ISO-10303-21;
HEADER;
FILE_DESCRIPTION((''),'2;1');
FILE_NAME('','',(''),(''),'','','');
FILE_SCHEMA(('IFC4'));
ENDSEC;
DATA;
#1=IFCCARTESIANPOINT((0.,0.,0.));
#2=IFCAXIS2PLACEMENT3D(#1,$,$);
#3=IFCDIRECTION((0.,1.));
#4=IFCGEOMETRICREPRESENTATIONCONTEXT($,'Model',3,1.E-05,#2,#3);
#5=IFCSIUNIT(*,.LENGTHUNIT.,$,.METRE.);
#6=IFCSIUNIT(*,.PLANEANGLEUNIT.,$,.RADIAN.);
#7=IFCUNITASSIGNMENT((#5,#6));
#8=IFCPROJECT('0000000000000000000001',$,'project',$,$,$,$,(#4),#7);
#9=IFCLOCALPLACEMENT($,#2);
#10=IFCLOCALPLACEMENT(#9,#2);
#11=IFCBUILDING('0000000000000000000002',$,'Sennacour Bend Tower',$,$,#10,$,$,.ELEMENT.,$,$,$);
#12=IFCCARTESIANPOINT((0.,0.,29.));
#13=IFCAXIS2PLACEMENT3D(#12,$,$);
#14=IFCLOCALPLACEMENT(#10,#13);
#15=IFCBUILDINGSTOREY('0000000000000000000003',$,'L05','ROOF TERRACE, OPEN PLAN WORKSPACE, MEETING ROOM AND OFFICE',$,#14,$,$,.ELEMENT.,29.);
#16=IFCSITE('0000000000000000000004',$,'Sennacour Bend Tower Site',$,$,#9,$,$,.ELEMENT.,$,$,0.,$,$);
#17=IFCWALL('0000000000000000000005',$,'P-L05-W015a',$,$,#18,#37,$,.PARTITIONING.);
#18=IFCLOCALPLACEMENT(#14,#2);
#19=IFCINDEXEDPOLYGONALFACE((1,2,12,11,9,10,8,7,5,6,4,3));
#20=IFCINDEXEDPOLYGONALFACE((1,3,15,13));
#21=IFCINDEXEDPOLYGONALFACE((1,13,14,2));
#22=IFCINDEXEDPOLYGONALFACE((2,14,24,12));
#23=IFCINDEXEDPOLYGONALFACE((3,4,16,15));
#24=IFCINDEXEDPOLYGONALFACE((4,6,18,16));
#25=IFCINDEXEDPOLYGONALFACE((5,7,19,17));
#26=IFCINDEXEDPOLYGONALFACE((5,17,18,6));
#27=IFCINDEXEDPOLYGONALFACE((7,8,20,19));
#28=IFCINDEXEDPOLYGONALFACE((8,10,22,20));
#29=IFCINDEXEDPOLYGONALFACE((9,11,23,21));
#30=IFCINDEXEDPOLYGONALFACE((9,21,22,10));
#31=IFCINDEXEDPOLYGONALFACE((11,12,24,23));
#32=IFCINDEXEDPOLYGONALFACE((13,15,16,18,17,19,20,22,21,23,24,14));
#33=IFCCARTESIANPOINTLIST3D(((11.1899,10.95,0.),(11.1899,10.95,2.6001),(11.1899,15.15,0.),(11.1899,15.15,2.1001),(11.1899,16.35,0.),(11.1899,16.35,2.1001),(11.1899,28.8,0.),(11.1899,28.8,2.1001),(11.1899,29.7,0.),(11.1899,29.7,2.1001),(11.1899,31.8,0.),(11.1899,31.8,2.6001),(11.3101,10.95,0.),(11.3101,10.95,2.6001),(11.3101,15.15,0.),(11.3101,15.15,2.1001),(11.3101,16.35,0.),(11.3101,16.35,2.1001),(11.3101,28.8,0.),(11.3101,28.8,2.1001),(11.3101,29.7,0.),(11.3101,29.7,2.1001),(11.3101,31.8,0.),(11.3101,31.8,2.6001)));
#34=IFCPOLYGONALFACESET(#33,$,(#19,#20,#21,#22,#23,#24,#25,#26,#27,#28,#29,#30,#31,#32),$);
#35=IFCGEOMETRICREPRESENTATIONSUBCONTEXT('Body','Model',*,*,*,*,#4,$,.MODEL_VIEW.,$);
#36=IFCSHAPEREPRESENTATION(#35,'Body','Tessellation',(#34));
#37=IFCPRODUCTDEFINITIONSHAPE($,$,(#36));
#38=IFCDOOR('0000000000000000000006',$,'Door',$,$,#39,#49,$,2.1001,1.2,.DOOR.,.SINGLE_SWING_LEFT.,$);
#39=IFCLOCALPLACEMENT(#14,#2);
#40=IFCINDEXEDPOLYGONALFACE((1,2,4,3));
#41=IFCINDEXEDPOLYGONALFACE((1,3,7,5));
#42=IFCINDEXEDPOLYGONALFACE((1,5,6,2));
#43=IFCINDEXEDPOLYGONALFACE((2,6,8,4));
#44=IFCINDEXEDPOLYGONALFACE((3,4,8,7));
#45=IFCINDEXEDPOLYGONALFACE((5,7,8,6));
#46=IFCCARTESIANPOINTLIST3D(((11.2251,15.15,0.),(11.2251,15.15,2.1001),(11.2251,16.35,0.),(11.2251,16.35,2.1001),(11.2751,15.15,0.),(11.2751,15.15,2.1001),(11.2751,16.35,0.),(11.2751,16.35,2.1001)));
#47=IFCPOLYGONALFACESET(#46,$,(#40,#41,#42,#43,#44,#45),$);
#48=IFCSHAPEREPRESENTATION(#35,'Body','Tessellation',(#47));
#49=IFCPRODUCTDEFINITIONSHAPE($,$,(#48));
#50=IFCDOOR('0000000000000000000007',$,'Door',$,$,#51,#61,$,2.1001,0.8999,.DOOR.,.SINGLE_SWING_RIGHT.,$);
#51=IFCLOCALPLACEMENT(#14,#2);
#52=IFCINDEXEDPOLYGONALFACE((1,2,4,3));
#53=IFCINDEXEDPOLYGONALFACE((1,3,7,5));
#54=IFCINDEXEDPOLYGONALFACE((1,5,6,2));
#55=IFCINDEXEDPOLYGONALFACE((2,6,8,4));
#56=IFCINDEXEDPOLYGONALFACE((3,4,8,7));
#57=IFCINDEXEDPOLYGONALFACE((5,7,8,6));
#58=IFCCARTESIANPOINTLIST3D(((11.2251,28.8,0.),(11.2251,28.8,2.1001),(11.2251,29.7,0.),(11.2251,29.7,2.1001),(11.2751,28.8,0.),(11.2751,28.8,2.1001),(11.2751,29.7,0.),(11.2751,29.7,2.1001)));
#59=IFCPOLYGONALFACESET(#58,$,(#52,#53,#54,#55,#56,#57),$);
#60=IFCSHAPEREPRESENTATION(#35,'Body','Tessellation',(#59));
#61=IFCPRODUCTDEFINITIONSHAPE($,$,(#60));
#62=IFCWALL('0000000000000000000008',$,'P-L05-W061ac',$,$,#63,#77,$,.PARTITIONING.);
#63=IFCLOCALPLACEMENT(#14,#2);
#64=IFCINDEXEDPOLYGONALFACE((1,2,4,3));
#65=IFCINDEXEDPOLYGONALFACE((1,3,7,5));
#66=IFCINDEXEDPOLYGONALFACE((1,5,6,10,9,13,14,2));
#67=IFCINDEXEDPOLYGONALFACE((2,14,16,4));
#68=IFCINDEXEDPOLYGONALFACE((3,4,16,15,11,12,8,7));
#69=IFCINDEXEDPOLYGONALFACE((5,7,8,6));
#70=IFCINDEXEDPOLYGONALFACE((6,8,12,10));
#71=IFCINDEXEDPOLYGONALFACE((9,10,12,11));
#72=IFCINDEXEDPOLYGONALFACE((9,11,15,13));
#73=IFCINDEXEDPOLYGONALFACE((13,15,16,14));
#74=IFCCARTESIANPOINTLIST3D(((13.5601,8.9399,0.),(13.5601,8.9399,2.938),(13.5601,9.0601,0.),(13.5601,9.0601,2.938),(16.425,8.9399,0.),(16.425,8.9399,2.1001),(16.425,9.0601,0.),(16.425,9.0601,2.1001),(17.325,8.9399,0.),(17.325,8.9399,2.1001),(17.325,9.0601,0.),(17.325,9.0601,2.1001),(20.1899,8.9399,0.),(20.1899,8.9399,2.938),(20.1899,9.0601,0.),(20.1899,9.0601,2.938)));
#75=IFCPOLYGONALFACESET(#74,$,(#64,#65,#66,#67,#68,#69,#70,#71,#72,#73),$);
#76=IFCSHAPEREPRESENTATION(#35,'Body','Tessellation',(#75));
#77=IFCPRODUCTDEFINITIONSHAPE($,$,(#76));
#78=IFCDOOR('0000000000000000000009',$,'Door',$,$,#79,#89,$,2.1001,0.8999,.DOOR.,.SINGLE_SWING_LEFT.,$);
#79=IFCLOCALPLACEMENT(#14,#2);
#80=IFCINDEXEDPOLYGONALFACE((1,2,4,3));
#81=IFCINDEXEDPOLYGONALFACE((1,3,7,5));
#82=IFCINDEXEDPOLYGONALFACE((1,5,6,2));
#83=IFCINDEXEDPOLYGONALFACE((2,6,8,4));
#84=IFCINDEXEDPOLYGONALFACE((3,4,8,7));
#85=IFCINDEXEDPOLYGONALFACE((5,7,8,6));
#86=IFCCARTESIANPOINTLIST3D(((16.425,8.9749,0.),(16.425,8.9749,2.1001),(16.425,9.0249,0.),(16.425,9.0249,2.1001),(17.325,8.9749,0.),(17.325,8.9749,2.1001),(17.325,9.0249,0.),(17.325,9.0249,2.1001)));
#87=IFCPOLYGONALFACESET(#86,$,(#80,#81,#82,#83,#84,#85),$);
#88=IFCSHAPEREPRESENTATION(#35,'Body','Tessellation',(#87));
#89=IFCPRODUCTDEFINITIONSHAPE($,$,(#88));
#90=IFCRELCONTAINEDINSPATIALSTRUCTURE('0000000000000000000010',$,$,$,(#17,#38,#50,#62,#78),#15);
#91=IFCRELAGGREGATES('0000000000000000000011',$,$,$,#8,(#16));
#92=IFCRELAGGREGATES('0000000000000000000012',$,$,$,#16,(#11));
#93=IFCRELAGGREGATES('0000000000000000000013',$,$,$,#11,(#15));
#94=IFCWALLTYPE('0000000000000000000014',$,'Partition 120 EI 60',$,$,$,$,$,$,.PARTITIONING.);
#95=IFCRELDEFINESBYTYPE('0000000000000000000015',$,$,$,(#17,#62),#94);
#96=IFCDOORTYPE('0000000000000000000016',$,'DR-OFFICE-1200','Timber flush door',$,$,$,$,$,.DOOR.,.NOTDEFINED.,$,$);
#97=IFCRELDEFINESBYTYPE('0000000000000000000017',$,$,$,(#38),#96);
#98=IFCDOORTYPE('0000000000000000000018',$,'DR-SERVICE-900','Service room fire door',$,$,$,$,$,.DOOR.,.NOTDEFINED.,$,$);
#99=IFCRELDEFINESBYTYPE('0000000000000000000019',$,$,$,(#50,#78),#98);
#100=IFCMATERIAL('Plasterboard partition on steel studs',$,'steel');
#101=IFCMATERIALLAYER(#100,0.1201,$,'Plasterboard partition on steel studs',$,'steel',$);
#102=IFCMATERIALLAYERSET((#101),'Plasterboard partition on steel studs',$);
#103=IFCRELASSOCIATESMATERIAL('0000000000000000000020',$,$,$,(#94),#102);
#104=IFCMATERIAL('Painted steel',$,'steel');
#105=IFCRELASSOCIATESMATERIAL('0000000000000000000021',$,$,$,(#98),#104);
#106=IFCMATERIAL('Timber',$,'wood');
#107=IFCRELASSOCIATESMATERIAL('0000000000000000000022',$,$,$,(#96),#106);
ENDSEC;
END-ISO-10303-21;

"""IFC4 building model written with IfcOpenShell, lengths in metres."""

from ifc_helpers import new_model, si_unit, direction, frame, frame_2d, origin, place, context, subcontext, project, spatial, rectangle, extrude, material, layer, layer_set, type_object, element, fill, save


model = new_model("IFC4")

# Units and contexts
model_context = context("Model", 3, precision=1e-05, world=origin(), true_north=direction((0.0, 1.0)))
body_context = subcontext(model_context, "Body", "Model", "MODEL_VIEW")
ifc_project = project(units=[si_unit("LENGTHUNIT", "METRE"), si_unit("PLANEANGLEUNIT", "RADIAN")], contexts=[model_context])

# Site, building, storey
site_placement = place(None, origin())
site = spatial("IfcSite", under=ifc_project, at=site_placement, Name="Sennacour Bend Tower Site", CompositionType="ELEMENT", RefElevation=0.0)
building_placement = place(site_placement, origin())
building = spatial("IfcBuilding", under=site, at=building_placement, Name="Sennacour Bend Tower", CompositionType="ELEMENT")
storey_placement = place(building_placement, frame((0.0, 0.0, 29.0)))
storey = spatial("IfcBuildingStorey", under=building, at=storey_placement, Name="L05", Description="ROOF TERRACE, OPEN PLAN WORKSPACE, MEETING ROOM AND OFFICE", CompositionType="ELEMENT", Elevation=29.0)

# Shared definitions
ifc_material_1 = material(Name="Plasterboard partition on steel studs", Category="steel")

# Shared definitions
ifc_material_2 = material(Name="Timber", Category="wood")

# Shared definitions
ifc_material_3 = material(Name="Painted steel", Category="steel")

# Wall, openings, doors
ifc_layer_1 = layer(ifc_material_1, 0.1201, Name="Plasterboard partition on steel studs", Category="steel")
ifc_layer_set_1 = layer_set([ifc_layer_1], Name="Plasterboard partition on steel studs")
wall_type_1 = type_object("IfcWallType", Name="Partition 120 EI 60", PredefinedType="PARTITIONING", material=ifc_layer_set_1)
door_type_1 = type_object("IfcDoorType", Name="DR-SERVICE-900", Description="Service room fire door", OperationType="NOTDEFINED", PredefinedType="DOOR", material=ifc_material_3)
wall_1_placement = place(storey_placement, frame((11.25, 10.95, 0.0), z_axis=(0.0, 0.0, 1.0), x_axis=(0.0, 1.0, 0.0)))
wall_1 = element("IfcWall", 1, at=wall_1_placement, inside=storey, type_object=wall_type_1, Name="P-L05-W015a", PredefinedType="PARTITIONING", context=body_context, shape_type="SweptSolid", body=[
    extrude(rectangle(XDim=20.8501, YDim=0.1201, at=frame_2d((10.425, 0.0))), origin(), (0.0, 0.0, 1.0), 2.6001),
])
opening_1_placement = place(wall_1_placement, frame((17.8501, 0.0, 0.0)))
opening_1 = element("IfcOpeningElement", 2, at=opening_1_placement, cuts=wall_1, PredefinedType="OPENING", context=body_context, shape_type="SweptSolid", body=[
    extrude(rectangle(XDim=0.8999, YDim=2.1001, at=frame_2d((0.45, 1.05))), frame((0.0, 0.0701, 0.0), z_axis=(0.0, -1.0, 0.0), x_axis=(1.0, 0.0, 0.0)), (0.0, 0.0, 1.0), 0.1401),
])
opening_2_placement = place(wall_1_placement, frame((4.2, 0.0, 0.0)))
opening_2 = element("IfcOpeningElement", 3, at=opening_2_placement, cuts=wall_1, PredefinedType="OPENING", context=body_context, shape_type="SweptSolid", body=[
    extrude(rectangle(XDim=1.2, YDim=2.1001, at=frame_2d((0.6001, 1.05))), frame((0.0, 0.0701, 0.0), z_axis=(0.0, -1.0, 0.0), x_axis=(1.0, 0.0, 0.0)), (0.0, 0.0, 1.0), 0.1401),
])
door_type_2 = type_object("IfcDoorType", Name="DR-OFFICE-1200", Description="Timber flush door", OperationType="NOTDEFINED", PredefinedType="DOOR", material=ifc_material_2)
door_1_placement = place(opening_2_placement, origin())
door_1 = element("IfcDoor", 4, at=door_1_placement, inside=storey, type_object=door_type_2, Name="Door", OperationType="SINGLE_SWING_LEFT", OverallHeight=2.1001, OverallWidth=1.2, PredefinedType="DOOR", context=body_context, shape_type="SweptSolid", body=[
    extrude(rectangle(XDim=1.2, YDim=2.1001, at=frame_2d((0.6001, 1.05))), frame((0.0, 0.0249, 0.0), z_axis=(0.0, -1.0, 0.0), x_axis=(1.0, 0.0, 0.0)), (0.0, 0.0, 1.0), 0.05),
])
fill(opening_2, door_1)
door_2_placement = place(opening_1_placement, origin())
door_2 = element("IfcDoor", 5, at=door_2_placement, inside=storey, type_object=door_type_1, Name="Door", OperationType="SINGLE_SWING_RIGHT", OverallHeight=2.1001, OverallWidth=0.8999, PredefinedType="DOOR", context=body_context, shape_type="SweptSolid", body=[
    extrude(rectangle(XDim=0.8999, YDim=2.1001, at=frame_2d((0.45, 1.05))), frame((0.0, 0.0249, 0.0), z_axis=(0.0, -1.0, 0.0), x_axis=(1.0, 0.0, 0.0)), (0.0, 0.0, 1.0), 0.05),
])
fill(opening_1, door_2)

# Wall, opening, door
wall_2_placement = place(storey_placement, frame((13.5601, 9.0, 0.0), z_axis=(0.0, 0.0, 1.0), x_axis=(1.0, 0.0, 0.0)))
wall_2 = element("IfcWall", 6, at=wall_2_placement, inside=storey, type_object=wall_type_1, Name="P-L05-W061ac", PredefinedType="PARTITIONING", context=body_context, shape_type="SweptSolid", body=[
    extrude(rectangle(XDim=6.6299, YDim=0.1201, at=frame_2d((3.3149, 0.0))), origin(), (0.0, 0.0, 1.0), 2.938),
])
opening_3_placement = place(wall_2_placement, frame((2.865, 0.0, 0.0)))
opening_3 = element("IfcOpeningElement", 7, at=opening_3_placement, cuts=wall_2, PredefinedType="OPENING", context=body_context, shape_type="SweptSolid", body=[
    extrude(rectangle(XDim=0.8999, YDim=2.1001, at=frame_2d((0.45, 1.05))), frame((0.0, 0.0701, 0.0), z_axis=(0.0, -1.0, 0.0), x_axis=(1.0, 0.0, 0.0)), (0.0, 0.0, 1.0), 0.1401),
])
door_3_placement = place(opening_3_placement, origin())
door_3 = element("IfcDoor", 8, at=door_3_placement, inside=storey, type_object=door_type_1, Name="Door", OperationType="SINGLE_SWING_LEFT", OverallHeight=2.1001, OverallWidth=0.8999, PredefinedType="DOOR", context=body_context, shape_type="SweptSolid", body=[
    extrude(rectangle(XDim=0.8999, YDim=2.1001, at=frame_2d((0.45, 1.05))), frame((0.0, 0.0249, 0.0), z_axis=(0.0, -1.0, 0.0), x_axis=(1.0, 0.0, 0.0)), (0.0, 0.0, 1.0), 0.05),
])
fill(opening_3, door_3)

save(model, "model.ifc")
